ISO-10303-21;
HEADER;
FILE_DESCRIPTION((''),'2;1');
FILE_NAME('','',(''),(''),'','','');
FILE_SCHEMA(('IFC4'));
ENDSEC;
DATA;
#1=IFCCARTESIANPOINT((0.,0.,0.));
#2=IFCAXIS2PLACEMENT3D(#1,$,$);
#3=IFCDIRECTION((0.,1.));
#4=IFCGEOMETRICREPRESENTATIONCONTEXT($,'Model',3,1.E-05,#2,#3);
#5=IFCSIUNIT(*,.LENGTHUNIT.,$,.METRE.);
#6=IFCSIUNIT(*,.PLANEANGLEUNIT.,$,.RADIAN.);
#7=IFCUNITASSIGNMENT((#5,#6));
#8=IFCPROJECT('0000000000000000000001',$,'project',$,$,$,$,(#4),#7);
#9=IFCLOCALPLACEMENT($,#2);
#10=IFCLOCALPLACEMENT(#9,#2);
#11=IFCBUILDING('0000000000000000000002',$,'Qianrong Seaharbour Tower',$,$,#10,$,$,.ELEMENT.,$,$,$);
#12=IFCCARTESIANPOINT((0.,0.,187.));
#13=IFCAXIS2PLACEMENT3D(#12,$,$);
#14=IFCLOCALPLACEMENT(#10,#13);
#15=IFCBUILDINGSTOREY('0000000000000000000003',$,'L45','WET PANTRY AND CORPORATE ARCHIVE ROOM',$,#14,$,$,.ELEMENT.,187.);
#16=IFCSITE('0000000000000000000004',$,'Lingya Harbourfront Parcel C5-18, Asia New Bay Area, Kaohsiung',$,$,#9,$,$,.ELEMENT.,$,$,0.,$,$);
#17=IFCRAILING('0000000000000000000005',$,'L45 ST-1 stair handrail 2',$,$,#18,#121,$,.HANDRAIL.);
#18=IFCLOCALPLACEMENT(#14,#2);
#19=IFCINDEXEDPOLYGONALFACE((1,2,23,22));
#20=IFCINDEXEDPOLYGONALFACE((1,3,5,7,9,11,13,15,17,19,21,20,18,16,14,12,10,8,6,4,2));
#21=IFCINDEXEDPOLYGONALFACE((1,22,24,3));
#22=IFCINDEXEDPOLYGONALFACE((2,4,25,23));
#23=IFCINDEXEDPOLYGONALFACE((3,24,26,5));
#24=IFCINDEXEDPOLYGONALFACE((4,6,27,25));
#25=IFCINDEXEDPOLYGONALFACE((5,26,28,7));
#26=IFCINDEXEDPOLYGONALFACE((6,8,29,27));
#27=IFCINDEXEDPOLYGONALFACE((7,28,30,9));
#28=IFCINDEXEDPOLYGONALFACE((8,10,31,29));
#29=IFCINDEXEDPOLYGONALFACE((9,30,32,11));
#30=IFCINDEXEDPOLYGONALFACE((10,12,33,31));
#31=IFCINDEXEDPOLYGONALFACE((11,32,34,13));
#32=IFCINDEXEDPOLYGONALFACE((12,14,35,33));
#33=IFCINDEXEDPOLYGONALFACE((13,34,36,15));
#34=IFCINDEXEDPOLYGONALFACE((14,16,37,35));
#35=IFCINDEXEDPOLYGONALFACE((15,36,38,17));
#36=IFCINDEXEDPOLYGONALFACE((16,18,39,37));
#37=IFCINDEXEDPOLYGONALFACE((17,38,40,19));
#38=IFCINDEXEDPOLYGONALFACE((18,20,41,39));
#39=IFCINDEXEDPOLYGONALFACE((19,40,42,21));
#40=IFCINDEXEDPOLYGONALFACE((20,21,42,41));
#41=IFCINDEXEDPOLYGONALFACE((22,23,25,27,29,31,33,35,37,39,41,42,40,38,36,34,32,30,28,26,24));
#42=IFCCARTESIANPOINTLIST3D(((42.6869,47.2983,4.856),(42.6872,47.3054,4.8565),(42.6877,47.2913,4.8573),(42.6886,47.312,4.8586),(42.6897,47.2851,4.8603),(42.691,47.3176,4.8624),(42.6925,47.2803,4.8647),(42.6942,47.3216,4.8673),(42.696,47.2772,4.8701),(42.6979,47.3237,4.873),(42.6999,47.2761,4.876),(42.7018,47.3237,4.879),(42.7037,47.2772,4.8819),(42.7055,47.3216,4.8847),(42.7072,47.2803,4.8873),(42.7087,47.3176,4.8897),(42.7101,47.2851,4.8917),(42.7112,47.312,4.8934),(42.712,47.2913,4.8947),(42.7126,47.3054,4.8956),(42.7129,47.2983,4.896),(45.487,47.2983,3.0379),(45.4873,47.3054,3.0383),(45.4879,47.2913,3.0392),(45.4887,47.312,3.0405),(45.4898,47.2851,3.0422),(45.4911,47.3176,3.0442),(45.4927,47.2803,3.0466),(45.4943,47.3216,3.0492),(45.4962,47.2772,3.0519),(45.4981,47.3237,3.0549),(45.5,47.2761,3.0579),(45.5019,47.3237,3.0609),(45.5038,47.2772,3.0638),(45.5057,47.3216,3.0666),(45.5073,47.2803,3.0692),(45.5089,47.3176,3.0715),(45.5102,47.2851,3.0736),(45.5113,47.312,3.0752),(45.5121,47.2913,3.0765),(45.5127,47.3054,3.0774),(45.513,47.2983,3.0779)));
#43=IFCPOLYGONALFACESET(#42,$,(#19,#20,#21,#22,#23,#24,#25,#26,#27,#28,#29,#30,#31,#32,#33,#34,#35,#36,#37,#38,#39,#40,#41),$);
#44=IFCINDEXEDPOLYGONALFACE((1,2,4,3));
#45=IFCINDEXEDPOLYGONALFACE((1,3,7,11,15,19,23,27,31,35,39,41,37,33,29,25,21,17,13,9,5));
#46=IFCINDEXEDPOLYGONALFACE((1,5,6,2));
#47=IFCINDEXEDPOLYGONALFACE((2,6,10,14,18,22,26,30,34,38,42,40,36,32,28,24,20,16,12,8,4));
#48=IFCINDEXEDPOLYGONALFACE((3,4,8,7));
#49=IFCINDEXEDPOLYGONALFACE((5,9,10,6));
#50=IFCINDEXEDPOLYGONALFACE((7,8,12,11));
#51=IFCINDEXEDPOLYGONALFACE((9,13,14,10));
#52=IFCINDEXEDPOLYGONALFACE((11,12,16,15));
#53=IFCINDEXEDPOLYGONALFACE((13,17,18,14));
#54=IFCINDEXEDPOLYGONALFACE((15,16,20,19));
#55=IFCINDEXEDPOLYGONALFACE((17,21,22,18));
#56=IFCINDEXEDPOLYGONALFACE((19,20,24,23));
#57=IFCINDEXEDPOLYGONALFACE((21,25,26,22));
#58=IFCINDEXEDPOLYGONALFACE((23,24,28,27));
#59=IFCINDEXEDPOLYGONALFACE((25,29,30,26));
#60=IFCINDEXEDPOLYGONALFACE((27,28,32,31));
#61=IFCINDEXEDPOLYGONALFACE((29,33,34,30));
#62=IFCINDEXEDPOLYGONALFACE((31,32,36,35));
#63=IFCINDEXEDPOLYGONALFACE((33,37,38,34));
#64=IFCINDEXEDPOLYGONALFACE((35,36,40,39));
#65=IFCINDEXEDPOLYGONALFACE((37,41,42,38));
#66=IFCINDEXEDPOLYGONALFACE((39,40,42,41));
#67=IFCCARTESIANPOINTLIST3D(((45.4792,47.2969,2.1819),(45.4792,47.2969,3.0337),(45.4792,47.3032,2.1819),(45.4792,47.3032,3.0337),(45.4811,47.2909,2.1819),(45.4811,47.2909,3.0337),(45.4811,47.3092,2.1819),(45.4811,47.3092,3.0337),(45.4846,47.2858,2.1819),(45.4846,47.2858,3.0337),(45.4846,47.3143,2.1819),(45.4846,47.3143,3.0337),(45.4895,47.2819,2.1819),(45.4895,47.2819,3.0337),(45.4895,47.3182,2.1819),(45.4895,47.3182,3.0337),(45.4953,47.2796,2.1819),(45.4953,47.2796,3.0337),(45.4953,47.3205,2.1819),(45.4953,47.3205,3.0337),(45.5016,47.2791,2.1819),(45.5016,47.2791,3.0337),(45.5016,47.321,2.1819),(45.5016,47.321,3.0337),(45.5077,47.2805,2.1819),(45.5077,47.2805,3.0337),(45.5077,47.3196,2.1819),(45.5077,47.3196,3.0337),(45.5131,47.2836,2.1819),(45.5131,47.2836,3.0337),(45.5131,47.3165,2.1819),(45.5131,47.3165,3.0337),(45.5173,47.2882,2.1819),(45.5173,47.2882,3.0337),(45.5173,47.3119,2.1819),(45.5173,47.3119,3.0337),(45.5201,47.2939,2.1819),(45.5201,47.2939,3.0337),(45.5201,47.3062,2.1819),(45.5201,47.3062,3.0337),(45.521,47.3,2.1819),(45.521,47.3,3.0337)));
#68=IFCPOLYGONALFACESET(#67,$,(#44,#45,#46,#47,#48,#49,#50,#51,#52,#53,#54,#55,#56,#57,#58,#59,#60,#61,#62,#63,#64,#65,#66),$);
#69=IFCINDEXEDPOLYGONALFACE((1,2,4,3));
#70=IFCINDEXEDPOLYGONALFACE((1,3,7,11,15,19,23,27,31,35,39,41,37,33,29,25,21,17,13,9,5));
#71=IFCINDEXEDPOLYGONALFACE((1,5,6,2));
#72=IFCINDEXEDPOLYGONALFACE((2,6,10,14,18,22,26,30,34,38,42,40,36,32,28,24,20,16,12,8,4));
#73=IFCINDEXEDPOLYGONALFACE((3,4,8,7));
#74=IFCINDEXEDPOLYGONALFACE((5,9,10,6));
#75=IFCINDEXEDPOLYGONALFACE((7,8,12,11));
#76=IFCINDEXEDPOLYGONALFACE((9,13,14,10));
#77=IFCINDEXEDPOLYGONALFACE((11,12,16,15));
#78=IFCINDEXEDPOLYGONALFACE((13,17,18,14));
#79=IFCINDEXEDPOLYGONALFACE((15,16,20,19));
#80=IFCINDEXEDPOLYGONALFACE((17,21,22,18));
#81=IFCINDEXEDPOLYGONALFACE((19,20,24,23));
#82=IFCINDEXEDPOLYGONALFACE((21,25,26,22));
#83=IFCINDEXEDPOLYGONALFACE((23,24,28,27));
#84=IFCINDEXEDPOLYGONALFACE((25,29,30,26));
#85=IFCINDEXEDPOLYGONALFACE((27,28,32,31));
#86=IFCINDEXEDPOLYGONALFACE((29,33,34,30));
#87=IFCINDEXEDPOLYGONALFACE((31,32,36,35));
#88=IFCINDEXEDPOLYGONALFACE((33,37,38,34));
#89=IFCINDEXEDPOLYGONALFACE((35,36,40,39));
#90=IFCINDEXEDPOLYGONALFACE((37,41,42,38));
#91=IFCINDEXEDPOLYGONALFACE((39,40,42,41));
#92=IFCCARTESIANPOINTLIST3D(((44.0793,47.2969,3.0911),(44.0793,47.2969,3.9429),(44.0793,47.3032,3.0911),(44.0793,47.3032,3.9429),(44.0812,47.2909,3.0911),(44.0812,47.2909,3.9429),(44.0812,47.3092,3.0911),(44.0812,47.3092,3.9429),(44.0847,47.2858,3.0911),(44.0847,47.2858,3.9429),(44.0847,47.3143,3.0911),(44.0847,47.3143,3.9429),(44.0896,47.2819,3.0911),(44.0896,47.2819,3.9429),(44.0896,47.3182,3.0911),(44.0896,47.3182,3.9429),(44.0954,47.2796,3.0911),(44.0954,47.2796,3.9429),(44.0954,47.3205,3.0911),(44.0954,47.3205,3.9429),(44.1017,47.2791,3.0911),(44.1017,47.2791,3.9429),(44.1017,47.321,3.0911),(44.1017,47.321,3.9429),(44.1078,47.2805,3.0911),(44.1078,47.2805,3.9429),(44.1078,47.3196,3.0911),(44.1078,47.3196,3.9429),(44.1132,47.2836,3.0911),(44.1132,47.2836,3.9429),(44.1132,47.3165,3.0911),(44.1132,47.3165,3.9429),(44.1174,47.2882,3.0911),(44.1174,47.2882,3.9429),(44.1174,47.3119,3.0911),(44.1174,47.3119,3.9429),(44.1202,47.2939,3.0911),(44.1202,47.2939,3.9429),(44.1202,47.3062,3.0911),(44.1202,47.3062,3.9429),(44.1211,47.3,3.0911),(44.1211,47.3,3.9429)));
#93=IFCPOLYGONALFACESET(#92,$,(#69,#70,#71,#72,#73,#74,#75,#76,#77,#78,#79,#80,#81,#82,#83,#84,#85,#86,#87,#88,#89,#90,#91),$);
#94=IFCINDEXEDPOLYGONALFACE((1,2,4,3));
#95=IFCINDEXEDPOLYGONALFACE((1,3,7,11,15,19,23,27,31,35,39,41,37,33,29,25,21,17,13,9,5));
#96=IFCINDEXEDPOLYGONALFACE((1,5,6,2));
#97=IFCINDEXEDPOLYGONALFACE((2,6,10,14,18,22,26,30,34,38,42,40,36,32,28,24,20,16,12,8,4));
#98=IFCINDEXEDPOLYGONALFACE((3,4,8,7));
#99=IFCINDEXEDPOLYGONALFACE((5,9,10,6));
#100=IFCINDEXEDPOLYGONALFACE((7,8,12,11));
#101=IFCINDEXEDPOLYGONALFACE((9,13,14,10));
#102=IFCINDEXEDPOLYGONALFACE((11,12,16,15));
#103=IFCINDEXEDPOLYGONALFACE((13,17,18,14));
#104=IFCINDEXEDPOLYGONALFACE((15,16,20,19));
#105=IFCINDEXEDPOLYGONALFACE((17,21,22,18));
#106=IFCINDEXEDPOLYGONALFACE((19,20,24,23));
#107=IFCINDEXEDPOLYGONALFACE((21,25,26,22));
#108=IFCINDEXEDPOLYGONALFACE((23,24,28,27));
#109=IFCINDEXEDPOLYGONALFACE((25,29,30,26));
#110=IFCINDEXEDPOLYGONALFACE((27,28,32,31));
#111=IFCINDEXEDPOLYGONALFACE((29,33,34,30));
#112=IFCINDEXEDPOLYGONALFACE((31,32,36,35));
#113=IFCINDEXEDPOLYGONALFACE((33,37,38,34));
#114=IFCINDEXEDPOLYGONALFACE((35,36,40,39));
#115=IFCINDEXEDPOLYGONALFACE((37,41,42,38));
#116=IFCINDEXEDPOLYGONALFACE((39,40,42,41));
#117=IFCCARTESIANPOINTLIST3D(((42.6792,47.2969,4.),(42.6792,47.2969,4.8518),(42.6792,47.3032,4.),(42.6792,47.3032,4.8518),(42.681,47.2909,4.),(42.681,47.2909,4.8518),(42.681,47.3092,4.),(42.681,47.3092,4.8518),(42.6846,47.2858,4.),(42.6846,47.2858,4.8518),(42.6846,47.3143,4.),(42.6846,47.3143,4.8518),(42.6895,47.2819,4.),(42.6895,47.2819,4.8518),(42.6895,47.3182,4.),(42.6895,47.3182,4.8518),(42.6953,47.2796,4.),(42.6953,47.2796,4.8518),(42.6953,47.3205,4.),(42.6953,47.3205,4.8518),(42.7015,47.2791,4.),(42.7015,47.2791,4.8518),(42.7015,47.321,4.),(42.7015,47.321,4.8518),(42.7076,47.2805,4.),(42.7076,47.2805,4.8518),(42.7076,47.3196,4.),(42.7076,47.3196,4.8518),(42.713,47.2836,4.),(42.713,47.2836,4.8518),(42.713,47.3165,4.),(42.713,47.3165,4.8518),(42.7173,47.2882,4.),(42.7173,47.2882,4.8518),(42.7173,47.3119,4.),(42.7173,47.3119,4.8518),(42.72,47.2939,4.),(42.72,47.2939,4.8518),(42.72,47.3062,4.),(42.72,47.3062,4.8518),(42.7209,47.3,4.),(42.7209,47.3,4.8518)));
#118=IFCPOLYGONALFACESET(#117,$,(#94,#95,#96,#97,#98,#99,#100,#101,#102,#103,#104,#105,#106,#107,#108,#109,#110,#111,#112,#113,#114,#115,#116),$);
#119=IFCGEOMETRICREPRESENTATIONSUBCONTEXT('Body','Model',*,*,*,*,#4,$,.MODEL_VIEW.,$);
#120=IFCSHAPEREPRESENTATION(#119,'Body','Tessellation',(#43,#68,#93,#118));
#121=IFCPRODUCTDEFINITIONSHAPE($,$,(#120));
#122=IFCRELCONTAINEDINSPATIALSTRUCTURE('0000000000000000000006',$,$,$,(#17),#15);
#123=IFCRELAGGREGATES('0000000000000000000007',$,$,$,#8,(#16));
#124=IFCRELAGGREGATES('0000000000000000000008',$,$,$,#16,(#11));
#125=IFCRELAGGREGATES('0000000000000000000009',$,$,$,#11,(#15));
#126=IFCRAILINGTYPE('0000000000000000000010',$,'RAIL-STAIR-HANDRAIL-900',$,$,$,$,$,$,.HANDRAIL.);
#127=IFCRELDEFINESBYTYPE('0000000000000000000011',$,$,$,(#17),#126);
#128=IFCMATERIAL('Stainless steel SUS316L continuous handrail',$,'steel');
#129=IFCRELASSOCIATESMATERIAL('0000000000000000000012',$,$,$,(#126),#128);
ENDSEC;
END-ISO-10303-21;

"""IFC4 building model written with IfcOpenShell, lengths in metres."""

from ifc_helpers import new_model, si_unit, direction, frame, origin, origin_2d, place, context, subcontext, project, spatial, circle, extrude, material, type_object, element, save


model = new_model("IFC4")

# Units and contexts
model_context = context("Model", 3, precision=1e-05, world=origin(), true_north=direction((0.0, 1.0)))
body_context = subcontext(model_context, "Body", "Model", "MODEL_VIEW")
ifc_project = project(units=[si_unit("LENGTHUNIT", "METRE"), si_unit("PLANEANGLEUNIT", "RADIAN")], contexts=[model_context])

# Site, building, storey
site_placement = place(None, origin())
site = spatial("IfcSite", under=ifc_project, at=site_placement, Name="Lingya Harbourfront Parcel C5-18, Asia New Bay Area, Kaohsiung", CompositionType="ELEMENT", RefElevation=0.0)
building_placement = place(site_placement, origin())
building = spatial("IfcBuilding", under=site, at=building_placement, Name="Qianrong Seaharbour Tower", CompositionType="ELEMENT")
storey_placement = place(building_placement, frame((0.0, 0.0, 187.0)))
storey = spatial("IfcBuildingStorey", under=building, at=storey_placement, Name="L45", Description="WET PANTRY AND CORPORATE ARCHIVE ROOM", CompositionType="ELEMENT", Elevation=187.0)

# Railing
ifc_material_1 = material(Name="Stainless steel SUS316L continuous handrail", Category="steel")
railing_type_1 = type_object("IfcRailingType", Name="RAIL-STAIR-HANDRAIL-900", PredefinedType="HANDRAIL", material=ifc_material_1)
railing_1_placement = place(storey_placement, frame((45.5, 47.3, 2.1819)))
element("IfcRailing", 1, at=railing_1_placement, inside=storey, type_object=railing_type_1, Name="L45 ST-1 stair handrail 2", PredefinedType="HANDRAIL", context=body_context, shape_type="SweptSolid", body=[
    extrude(circle(Radius=0.0239, at=origin_2d()), frame((0.0, 0.0, 0.876), z_axis=(-0.838706, 0.0, 0.544585), x_axis=(0.0, -1.0, 0.0)), (0.0, 0.0, 1.0), 3.3386),
    extrude(circle(Radius=0.021, at=origin_2d()), origin(), (0.0, 0.0, 1.0), 0.8518),
    extrude(circle(Radius=0.021, at=origin_2d()), frame((-1.3999, 0.0, 0.9092)), (0.0, 0.0, 1.0), 0.8518),
    extrude(circle(Radius=0.021, at=origin_2d()), frame((-2.8, 0.0, 1.8181)), (0.0, 0.0, 1.0), 0.8518),
])

save(model, "model.ifc")
